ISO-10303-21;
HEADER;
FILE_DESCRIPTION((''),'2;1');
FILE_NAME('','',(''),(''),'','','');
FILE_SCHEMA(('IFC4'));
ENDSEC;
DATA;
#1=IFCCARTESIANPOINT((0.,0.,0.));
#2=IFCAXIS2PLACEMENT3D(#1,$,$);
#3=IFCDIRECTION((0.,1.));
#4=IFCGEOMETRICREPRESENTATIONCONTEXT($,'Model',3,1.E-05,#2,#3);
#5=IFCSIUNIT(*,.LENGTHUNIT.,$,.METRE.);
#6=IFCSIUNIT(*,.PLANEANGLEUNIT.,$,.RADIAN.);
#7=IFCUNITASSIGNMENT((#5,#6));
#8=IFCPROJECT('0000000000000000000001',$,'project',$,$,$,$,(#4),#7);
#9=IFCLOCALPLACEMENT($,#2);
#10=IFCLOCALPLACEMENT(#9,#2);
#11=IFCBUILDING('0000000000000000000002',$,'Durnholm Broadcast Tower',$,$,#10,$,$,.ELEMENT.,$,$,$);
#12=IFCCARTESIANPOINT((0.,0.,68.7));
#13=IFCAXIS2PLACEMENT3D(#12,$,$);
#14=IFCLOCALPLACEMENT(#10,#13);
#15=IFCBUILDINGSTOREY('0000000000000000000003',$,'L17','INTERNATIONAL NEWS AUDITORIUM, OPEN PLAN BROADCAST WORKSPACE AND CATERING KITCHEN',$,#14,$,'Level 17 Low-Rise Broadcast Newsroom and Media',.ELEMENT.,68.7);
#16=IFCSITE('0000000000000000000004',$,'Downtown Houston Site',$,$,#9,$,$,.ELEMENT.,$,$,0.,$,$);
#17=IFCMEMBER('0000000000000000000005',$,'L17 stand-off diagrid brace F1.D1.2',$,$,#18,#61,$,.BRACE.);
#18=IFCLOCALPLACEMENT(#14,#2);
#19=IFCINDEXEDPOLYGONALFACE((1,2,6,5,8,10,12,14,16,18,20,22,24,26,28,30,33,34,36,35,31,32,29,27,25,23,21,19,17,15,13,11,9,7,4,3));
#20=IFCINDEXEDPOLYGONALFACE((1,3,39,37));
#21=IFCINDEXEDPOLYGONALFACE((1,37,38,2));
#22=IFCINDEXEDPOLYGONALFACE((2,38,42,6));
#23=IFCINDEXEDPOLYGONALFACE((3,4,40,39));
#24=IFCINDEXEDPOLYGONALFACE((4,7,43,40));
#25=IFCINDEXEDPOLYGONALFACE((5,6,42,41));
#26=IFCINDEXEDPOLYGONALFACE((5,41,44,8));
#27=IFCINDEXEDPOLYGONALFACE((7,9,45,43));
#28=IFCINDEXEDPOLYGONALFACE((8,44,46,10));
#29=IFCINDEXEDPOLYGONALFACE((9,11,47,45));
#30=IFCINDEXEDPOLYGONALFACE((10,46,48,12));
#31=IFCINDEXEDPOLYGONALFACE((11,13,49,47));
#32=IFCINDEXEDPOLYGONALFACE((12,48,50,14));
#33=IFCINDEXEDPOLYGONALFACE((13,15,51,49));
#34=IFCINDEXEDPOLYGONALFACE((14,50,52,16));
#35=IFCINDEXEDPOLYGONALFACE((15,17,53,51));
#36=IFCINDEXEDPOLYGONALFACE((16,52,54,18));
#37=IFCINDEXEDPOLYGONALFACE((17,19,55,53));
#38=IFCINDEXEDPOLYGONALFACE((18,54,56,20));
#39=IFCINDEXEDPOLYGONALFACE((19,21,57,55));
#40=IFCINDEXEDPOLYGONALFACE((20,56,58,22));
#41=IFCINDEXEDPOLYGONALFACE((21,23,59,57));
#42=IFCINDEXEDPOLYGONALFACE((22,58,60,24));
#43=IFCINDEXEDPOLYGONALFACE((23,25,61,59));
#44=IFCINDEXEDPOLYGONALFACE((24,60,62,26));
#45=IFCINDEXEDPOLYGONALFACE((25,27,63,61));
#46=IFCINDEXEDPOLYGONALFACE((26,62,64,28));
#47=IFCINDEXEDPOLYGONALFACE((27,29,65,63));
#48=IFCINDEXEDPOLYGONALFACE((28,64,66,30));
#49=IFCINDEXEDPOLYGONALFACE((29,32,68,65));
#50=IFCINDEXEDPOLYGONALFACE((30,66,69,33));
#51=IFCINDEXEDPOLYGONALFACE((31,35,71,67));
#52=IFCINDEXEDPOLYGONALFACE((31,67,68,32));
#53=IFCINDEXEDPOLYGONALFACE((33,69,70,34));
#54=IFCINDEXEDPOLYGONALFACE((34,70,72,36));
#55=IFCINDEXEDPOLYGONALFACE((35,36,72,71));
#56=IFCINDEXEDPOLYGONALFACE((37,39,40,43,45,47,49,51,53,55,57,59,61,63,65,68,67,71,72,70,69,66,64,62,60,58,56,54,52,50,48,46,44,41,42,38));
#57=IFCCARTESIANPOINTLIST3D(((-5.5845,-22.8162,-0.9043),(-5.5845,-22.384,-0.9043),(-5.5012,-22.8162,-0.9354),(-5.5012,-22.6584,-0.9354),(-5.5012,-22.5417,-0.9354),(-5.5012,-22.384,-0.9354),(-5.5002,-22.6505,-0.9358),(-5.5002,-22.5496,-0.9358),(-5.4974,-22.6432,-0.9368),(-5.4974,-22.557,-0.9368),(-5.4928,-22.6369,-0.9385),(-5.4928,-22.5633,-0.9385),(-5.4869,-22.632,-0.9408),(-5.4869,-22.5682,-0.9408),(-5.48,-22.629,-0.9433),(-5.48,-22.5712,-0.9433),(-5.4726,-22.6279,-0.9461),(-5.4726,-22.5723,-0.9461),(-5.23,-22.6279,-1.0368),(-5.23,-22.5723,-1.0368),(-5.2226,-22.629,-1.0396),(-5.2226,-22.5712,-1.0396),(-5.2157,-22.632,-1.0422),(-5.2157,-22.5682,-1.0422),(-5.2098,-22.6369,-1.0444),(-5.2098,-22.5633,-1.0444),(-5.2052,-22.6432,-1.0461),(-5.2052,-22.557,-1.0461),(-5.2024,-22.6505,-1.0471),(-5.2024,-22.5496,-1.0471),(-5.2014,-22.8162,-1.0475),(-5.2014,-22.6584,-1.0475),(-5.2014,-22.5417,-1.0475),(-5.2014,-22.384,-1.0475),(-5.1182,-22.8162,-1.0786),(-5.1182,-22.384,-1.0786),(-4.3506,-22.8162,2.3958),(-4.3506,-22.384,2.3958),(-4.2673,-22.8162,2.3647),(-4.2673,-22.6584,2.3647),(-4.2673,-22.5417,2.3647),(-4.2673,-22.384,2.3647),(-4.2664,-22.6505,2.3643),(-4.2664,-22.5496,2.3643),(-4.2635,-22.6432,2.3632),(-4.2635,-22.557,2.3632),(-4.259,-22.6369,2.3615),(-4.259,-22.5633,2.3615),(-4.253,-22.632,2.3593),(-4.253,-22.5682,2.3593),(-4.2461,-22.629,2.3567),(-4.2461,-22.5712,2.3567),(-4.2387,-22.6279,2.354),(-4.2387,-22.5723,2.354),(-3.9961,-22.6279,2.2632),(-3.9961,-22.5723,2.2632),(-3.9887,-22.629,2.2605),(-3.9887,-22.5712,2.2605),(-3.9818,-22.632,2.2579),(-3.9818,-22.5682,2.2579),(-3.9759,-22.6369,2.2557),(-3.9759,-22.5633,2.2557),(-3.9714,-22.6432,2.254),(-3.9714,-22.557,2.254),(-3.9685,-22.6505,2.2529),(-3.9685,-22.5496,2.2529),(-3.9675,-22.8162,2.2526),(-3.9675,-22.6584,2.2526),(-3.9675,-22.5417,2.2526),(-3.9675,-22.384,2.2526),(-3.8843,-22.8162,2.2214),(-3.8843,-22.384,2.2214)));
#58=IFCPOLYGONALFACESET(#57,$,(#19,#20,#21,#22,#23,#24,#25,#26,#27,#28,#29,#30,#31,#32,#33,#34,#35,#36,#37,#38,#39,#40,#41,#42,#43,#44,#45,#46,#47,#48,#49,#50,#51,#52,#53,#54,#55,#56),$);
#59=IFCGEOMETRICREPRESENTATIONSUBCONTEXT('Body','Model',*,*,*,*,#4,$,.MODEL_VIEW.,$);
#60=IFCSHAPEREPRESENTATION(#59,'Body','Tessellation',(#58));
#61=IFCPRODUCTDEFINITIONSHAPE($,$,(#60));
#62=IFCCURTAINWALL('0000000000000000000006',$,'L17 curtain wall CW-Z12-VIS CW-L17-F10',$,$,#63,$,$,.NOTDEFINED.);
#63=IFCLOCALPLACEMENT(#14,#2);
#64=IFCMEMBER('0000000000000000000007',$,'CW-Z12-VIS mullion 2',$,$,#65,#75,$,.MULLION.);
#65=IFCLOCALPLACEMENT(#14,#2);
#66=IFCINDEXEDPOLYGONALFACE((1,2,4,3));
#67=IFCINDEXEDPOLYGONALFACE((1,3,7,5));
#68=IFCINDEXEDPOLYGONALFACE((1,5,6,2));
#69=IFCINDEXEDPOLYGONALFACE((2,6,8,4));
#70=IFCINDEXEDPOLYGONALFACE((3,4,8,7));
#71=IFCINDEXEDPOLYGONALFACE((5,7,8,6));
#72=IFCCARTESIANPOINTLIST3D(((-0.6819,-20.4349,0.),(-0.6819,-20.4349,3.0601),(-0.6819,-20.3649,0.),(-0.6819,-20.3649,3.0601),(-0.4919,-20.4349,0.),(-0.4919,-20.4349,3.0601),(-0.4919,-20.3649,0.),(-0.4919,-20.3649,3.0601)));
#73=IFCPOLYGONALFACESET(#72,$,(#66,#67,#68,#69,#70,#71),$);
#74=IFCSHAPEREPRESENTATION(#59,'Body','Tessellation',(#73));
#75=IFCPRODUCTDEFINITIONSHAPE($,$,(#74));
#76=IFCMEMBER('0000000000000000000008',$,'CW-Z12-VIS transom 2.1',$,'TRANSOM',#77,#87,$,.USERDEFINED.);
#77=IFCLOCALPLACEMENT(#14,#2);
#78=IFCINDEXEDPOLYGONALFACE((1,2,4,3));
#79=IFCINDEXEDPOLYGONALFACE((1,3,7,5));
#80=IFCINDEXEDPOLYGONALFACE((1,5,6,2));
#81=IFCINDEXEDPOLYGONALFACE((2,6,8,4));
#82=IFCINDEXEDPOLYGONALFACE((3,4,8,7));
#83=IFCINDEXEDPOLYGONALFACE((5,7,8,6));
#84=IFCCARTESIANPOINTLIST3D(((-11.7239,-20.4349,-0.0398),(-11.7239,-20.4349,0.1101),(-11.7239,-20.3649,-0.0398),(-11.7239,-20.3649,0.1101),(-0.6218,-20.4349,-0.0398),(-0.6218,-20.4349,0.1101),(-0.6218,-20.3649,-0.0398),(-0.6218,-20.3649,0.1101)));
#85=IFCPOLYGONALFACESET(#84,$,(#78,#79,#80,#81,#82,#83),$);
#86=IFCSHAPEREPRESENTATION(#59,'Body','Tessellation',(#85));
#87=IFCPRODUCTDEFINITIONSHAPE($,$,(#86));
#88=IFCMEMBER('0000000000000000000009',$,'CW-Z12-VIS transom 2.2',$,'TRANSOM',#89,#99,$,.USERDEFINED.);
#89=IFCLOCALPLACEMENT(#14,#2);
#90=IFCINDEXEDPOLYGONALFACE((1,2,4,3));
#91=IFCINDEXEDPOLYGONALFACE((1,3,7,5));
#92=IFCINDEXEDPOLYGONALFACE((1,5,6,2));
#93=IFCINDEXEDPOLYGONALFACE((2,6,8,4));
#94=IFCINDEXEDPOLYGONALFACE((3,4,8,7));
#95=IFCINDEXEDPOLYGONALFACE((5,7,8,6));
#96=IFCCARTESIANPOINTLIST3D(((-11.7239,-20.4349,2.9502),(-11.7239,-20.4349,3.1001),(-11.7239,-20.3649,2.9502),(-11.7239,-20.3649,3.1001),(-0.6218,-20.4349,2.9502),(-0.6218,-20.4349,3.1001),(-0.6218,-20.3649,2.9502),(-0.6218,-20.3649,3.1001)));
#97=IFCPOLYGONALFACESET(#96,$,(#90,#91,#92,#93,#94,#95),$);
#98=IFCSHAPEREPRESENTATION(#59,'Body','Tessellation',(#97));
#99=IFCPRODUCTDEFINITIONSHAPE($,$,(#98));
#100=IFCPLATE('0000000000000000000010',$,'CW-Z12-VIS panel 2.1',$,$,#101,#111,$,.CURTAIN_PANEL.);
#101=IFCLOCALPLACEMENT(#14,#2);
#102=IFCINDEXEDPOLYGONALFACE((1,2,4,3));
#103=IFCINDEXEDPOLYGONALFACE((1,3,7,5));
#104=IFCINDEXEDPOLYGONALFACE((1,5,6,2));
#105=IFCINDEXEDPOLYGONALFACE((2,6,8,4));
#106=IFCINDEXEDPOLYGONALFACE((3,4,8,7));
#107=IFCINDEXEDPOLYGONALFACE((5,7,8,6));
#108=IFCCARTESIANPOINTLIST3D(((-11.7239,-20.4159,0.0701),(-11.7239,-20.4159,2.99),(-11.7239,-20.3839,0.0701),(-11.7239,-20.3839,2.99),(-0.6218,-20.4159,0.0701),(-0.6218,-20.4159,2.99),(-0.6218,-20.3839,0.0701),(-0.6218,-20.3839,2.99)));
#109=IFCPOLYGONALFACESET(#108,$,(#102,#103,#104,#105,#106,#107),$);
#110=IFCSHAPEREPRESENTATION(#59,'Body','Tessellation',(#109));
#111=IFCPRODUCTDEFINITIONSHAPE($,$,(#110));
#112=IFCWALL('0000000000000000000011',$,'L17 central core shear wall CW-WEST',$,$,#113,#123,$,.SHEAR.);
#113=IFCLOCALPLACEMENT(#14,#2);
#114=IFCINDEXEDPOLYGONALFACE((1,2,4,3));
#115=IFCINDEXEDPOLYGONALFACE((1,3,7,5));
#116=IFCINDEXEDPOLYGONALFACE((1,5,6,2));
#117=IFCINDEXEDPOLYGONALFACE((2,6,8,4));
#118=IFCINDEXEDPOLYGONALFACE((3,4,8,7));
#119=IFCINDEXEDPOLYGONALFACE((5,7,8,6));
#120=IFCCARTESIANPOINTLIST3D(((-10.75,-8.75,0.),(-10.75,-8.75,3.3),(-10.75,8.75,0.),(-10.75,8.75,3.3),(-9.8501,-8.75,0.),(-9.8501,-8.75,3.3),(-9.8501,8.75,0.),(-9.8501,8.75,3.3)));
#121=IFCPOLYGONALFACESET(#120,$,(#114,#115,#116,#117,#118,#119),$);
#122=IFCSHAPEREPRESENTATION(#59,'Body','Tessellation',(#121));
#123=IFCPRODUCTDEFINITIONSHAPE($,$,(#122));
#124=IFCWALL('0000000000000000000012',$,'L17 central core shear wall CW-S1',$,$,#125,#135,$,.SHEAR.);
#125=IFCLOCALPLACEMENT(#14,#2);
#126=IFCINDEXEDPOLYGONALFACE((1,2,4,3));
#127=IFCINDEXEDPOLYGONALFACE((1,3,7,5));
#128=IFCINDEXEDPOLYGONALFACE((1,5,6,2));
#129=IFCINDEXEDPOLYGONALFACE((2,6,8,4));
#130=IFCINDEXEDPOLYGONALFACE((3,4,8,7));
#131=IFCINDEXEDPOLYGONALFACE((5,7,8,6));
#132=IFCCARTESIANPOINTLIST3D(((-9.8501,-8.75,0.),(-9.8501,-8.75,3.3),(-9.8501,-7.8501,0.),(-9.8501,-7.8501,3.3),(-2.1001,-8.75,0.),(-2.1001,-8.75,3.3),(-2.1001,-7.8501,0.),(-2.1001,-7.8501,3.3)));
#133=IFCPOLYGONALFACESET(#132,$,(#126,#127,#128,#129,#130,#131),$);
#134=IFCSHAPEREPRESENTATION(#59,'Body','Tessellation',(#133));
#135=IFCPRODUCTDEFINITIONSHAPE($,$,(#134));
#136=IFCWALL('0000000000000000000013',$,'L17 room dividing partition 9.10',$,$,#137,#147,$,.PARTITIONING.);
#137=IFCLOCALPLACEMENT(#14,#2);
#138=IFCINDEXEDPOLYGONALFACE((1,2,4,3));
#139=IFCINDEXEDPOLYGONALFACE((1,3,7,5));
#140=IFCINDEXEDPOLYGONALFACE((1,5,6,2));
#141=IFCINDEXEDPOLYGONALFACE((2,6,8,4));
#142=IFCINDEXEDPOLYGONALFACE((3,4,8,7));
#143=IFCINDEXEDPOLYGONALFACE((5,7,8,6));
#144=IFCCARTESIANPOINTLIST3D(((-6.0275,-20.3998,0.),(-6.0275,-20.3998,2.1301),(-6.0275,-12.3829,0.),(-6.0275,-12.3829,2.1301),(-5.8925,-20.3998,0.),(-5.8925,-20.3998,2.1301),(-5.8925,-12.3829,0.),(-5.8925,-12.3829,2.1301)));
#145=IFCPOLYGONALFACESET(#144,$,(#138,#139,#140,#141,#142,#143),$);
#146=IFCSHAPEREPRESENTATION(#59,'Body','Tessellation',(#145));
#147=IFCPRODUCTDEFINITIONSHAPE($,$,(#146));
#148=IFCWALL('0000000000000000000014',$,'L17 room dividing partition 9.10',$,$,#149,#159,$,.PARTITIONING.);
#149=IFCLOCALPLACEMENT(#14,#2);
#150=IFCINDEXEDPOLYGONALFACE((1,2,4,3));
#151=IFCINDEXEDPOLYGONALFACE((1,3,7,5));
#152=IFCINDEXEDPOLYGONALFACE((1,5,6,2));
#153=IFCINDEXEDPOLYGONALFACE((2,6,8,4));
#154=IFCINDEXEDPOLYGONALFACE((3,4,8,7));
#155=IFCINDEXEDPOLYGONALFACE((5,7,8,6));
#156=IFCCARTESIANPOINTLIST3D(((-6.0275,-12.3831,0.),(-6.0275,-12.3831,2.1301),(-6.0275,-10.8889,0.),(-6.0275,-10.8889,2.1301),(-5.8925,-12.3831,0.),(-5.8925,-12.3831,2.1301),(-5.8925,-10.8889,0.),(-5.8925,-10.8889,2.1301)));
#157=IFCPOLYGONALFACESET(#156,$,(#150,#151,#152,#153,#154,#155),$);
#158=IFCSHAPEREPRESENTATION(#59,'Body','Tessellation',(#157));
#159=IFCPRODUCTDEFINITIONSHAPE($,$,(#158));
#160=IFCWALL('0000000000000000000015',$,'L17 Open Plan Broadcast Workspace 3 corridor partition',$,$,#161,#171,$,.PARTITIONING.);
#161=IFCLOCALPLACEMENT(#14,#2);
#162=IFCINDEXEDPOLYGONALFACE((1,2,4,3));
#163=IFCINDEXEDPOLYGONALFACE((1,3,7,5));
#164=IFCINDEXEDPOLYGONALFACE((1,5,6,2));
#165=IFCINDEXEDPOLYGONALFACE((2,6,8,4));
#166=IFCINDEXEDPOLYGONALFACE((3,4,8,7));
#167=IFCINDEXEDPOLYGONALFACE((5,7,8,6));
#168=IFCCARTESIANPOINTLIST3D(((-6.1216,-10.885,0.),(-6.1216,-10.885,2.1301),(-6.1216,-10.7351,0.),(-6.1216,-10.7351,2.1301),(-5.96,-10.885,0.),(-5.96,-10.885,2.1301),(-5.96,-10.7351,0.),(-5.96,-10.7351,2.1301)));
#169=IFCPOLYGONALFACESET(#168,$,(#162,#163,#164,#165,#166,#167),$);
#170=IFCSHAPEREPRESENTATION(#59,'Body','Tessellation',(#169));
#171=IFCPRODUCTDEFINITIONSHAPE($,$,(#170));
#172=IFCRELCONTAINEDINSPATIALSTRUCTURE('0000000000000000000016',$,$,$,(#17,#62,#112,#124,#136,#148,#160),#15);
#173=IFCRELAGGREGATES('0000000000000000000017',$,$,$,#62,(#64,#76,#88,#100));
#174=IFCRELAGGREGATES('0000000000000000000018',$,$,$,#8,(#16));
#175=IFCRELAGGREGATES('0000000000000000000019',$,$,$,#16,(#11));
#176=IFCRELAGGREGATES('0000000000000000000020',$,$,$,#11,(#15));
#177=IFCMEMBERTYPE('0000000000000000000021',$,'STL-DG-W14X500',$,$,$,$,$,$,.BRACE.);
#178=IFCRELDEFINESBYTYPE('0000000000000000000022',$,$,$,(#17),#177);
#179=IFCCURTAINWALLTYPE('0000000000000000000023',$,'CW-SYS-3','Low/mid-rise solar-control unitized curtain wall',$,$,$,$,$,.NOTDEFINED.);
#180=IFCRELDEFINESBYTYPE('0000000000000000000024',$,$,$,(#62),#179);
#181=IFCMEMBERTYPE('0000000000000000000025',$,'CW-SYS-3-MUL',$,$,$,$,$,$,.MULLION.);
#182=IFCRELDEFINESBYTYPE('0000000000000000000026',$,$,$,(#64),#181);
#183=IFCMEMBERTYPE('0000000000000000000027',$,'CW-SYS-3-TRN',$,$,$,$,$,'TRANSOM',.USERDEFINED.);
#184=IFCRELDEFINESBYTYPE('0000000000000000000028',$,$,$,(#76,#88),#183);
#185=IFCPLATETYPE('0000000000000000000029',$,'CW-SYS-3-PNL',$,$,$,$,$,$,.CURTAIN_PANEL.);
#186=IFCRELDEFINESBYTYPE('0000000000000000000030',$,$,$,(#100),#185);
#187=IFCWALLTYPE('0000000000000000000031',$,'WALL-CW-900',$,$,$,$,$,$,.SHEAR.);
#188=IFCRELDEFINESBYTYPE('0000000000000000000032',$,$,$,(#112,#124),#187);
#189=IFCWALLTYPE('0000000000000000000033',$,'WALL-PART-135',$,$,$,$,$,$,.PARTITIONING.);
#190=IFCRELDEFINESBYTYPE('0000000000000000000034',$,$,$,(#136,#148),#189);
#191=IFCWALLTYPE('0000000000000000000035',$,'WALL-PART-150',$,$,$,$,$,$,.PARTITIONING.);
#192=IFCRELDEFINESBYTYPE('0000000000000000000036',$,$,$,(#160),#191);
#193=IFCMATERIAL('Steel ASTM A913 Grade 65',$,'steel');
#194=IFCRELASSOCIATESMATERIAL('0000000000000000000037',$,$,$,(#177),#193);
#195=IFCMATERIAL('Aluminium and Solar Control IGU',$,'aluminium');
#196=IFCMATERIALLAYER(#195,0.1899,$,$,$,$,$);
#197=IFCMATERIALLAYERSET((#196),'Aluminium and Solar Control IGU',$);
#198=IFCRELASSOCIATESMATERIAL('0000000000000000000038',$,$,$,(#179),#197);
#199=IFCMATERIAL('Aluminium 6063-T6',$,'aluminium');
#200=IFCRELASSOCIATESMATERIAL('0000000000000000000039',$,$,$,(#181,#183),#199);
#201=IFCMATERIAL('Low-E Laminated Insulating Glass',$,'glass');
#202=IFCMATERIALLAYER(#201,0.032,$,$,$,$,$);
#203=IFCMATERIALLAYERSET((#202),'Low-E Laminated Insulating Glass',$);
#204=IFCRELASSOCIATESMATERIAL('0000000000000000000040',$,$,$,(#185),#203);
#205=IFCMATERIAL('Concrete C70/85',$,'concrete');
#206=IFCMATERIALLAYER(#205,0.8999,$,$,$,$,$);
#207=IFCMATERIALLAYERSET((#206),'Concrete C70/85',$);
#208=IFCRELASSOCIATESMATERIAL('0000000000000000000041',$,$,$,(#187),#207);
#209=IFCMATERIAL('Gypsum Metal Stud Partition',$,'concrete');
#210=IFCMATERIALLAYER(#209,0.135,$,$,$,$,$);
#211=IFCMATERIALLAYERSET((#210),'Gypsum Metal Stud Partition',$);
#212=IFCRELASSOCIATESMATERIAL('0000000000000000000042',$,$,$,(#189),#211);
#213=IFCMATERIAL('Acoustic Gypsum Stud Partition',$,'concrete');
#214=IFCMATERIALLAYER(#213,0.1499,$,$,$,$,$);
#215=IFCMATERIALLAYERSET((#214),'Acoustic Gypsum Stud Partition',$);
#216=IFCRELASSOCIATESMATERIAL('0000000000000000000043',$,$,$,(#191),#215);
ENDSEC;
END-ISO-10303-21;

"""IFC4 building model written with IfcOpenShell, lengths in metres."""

from ifc_helpers import new_model, si_unit, direction, frame, frame_2d, origin, origin_2d, place, context, subcontext, project, spatial, rectangle, i_section, extrude, source, transform, mapped, material, layer, layer_set, material_profile, profile_set, type_object, type_shapes, element, aggregate, save


model = new_model("IFC4")

# Units and contexts
model_context = context("Model", 3, precision=1e-05, world=origin(), true_north=direction((0.0, 1.0)))
body_context = subcontext(model_context, "Body", "Model", "MODEL_VIEW")
ifc_project = project(units=[si_unit("LENGTHUNIT", "METRE"), si_unit("PLANEANGLEUNIT", "RADIAN")], contexts=[model_context])

# Site, building, storey
site_placement = place(None, origin())
site = spatial("IfcSite", under=ifc_project, at=site_placement, Name="Downtown Houston Site", CompositionType="ELEMENT", RefElevation=0.0)
building_placement = place(site_placement, origin())
building = spatial("IfcBuilding", under=site, at=building_placement, Name="Durnholm Broadcast Tower", CompositionType="ELEMENT")
storey_placement = place(building_placement, frame((0.0, 0.0, 68.7)))
storey = spatial("IfcBuildingStorey", under=building, at=storey_placement, Name="L17", Description="INTERNATIONAL NEWS AUDITORIUM, OPEN PLAN BROADCAST WORKSPACE AND CATERING KITCHEN", LongName="Level 17 Low-Rise Broadcast Newsroom and Media", CompositionType="ELEMENT", Elevation=68.7)

# Shared definitions
ifc_material_1 = material(Name="Concrete C70/85", Category="concrete")

# Member
ifc_material_2 = material(Name="Steel ASTM A913 Grade 65", Category="steel")
ifc_material_profile_1 = material_profile(ifc_material_2, i_section(OverallWidth=0.4321, OverallDepth=0.4978, WebThickness=0.0557, FlangeThickness=0.0889, FilletRadius=0.0305, at=origin_2d()), Name="W14X500")
ifc_profile_set_1 = profile_set([ifc_material_profile_1], Name="Steel ASTM A913 Grade 65")
member_type_1 = type_object("IfcMemberType", Name="STL-DG-W14X500", PredefinedType="BRACE", material=ifc_profile_set_1)
shared_shape_1 = source(origin(), body_context, "Body", "SweptSolid", [
    extrude(i_section(OverallWidth=0.4321, OverallDepth=0.4978, WebThickness=0.0557, FlangeThickness=0.0889, FilletRadius=0.0305, at=origin_2d()), origin(), (0.0, 0.0, 1.0), 3.5232),
])
type_shapes(member_type_1, [shared_shape_1])
for number, where, z_axis, x_axis, name in (
    (1, (-5.3513, -22.6001, -0.9915), (0.35022, 0.0, 0.936668), (0.0, 1.0, 0.0), "L17 stand-off diagrid brace F1.D1.2"),
):
    element("IfcMember", number, at=place(storey_placement, frame(where, z_axis=z_axis, x_axis=x_axis)), inside=storey, type_object=member_type_1, Name=name, PredefinedType="BRACE", context=body_context, shape_type="MappedRepresentation", body=[
        mapped(shared_shape_1, transform((0.0, 0.0, 0.0), x_axis=(1.0, 0.0, 0.0), y_axis=(0.0, 1.0, 0.0), z_axis=(0.0, 0.0, 1.0), scale=1.0)),
    ])

# Curtain wall, members, plate
ifc_material_3 = material(Name="Aluminium and Solar Control IGU", Category="aluminium")
ifc_layer_1 = layer(ifc_material_3, 0.1899)
ifc_layer_set_1 = layer_set([ifc_layer_1], Name="Aluminium and Solar Control IGU")
curtain_wall_type = type_object("IfcCurtainWallType", Name="CW-SYS-3", Description="Low/mid-rise solar-control unitized curtain wall", PredefinedType="NOTDEFINED", material=ifc_layer_set_1)
curtain_wall_placement = place(storey_placement, origin())
curtain_wall = element("IfcCurtainWall", 2, at=curtain_wall_placement, inside=storey, type_object=curtain_wall_type, Name="L17 curtain wall CW-Z12-VIS CW-L17-F10", PredefinedType="NOTDEFINED")
ifc_material_4 = material(Name="Aluminium 6063-T6", Category="aluminium")
ifc_material_profile_2 = material_profile(ifc_material_4, rectangle(XDim=0.0701, YDim=0.1899, at=origin_2d()), Name="CWM70X190")
ifc_profile_set_2 = profile_set([ifc_material_profile_2], Name="Aluminium 6063-T6")
member_type_2 = type_object("IfcMemberType", Name="CW-SYS-3-MUL", PredefinedType="MULLION", material=ifc_profile_set_2)
shared_shape_2 = source(origin(), body_context, "Body", "SweptSolid", [
    extrude(rectangle(XDim=0.0701, YDim=0.1899, at=origin_2d()), origin(), (0.0, 0.0, 1.0), 3.0601),
])
type_shapes(member_type_2, [shared_shape_2])
member_1_placement = place(storey_placement, frame((-0.5869, -20.3999, 0.0), z_axis=(0.0, 0.0, 1.0), x_axis=(0.0, -1.0, 0.0)))
member_1 = element("IfcMember", 3, at=member_1_placement, type_object=member_type_2, Name="CW-Z12-VIS mullion 2", PredefinedType="MULLION", context=body_context, shape_type="MappedRepresentation", body=[
    mapped(shared_shape_2, transform((0.0, 0.0, 0.0), x_axis=(1.0, 0.0, 0.0), y_axis=(0.0, 1.0, 0.0), z_axis=(0.0, 0.0, 1.0), scale=1.0)),
])
ifc_material_profile_3 = material_profile(ifc_material_4, rectangle(XDim=0.0701, YDim=0.1499, at=origin_2d()), Name="CWT70X150")
ifc_profile_set_3 = profile_set([ifc_material_profile_3], Name="Aluminium 6063-T6")
member_type_3 = type_object("IfcMemberType", Name="CW-SYS-3-TRN", ElementType="TRANSOM", PredefinedType="USERDEFINED", material=ifc_profile_set_3)
shared_shape_3 = source(origin(), body_context, "Body", "SweptSolid", [
    extrude(rectangle(XDim=0.0701, YDim=0.1499, at=origin_2d()), origin(), (0.0, 0.0, 1.0), 11.1021),
])
type_shapes(member_type_3, [shared_shape_3])
member_2_placement = place(storey_placement, frame((-0.6218, -20.3999, 0.0352), z_axis=(-1.0, 0.0, 0.0), x_axis=(0.0, -1.0, 0.0)))
member_2 = element("IfcMember", 4, at=member_2_placement, type_object=member_type_3, Name="CW-Z12-VIS transom 2.1", ObjectType="TRANSOM", PredefinedType="USERDEFINED", context=body_context, shape_type="MappedRepresentation", body=[
    mapped(shared_shape_3, transform((0.0, 0.0, 0.0), x_axis=(1.0, 0.0, 0.0), y_axis=(0.0, 1.0, 0.0), z_axis=(0.0, 0.0, 1.0), scale=1.0)),
])
member_3_placement = place(storey_placement, frame((-0.6218, -20.3999, 3.0251), z_axis=(-1.0, 0.0, 0.0), x_axis=(0.0, -1.0, 0.0)))
member_3 = element("IfcMember", 5, at=member_3_placement, type_object=member_type_3, Name="CW-Z12-VIS transom 2.2", ObjectType="TRANSOM", PredefinedType="USERDEFINED", context=body_context, shape_type="MappedRepresentation", body=[
    mapped(shared_shape_3, transform((0.0, 0.0, 0.0), x_axis=(1.0, 0.0, 0.0), y_axis=(0.0, 1.0, 0.0), z_axis=(0.0, 0.0, 1.0), scale=1.0)),
])
ifc_material_5 = material(Name="Low-E Laminated Insulating Glass", Category="glass")
ifc_layer_2 = layer(ifc_material_5, 0.032)
ifc_layer_set_2 = layer_set([ifc_layer_2], Name="Low-E Laminated Insulating Glass")
plate_type = type_object("IfcPlateType", Name="CW-SYS-3-PNL", PredefinedType="CURTAIN_PANEL", material=ifc_layer_set_2)
shared_shape_4 = source(origin(), body_context, "Body", "SweptSolid", [
    extrude(rectangle(XDim=11.1021, YDim=0.032, at=origin_2d()), origin(), (0.0, 0.0, 1.0), 2.9199),
])
type_shapes(plate_type, [shared_shape_4])
plate_placement = place(storey_placement, frame((-6.1729, -20.3999, 0.0701), z_axis=(0.0, 0.0, 1.0), x_axis=(-1.0, 0.0, 0.0)))
plate = element("IfcPlate", 6, at=plate_placement, type_object=plate_type, Name="CW-Z12-VIS panel 2.1", PredefinedType="CURTAIN_PANEL", context=body_context, shape_type="MappedRepresentation", body=[
    mapped(shared_shape_4, transform((0.0, 0.0, 0.0), x_axis=(1.0, 0.0, 0.0), y_axis=(0.0, 1.0, 0.0), z_axis=(0.0, 0.0, 1.0), scale=1.0)),
])
aggregate(curtain_wall, [member_1, member_2, member_3, plate])

# Walls
ifc_layer_3 = layer(ifc_material_1, 0.8999)
ifc_layer_set_3 = layer_set([ifc_layer_3], Name="Concrete C70/85")
wall_type_1 = type_object("IfcWallType", Name="WALL-CW-900", PredefinedType="SHEAR", material=ifc_layer_set_3)
wall_1_placement = place(storey_placement, frame((-10.3, -8.75, 0.0), z_axis=(0.0, 0.0, 1.0), x_axis=(0.0, 1.0, 0.0)))
element("IfcWall", 7, at=wall_1_placement, inside=storey, type_object=wall_type_1, Name="L17 central core shear wall CW-WEST", PredefinedType="SHEAR", context=body_context, shape_type="SweptSolid", body=[
    extrude(rectangle(XDim=17.5, YDim=0.8999, at=frame_2d((8.75, 0.0))), origin(), (0.0, 0.0, 1.0), 3.3),
])
wall_2_placement = place(storey_placement, frame((-9.8501, -8.3, 0.0), z_axis=(0.0, 0.0, 1.0), x_axis=(1.0, 0.0, 0.0)))
element("IfcWall", 8, at=wall_2_placement, inside=storey, type_object=wall_type_1, Name="L17 central core shear wall CW-S1", PredefinedType="SHEAR", context=body_context, shape_type="SweptSolid", body=[
    extrude(rectangle(XDim=7.75, YDim=0.8999, at=frame_2d((3.875, 0.0))), origin(), (0.0, 0.0, 1.0), 3.3),
])

# Walls
ifc_material_6 = material(Name="Gypsum Metal Stud Partition", Category="concrete")
ifc_layer_4 = layer(ifc_material_6, 0.135)
ifc_layer_set_4 = layer_set([ifc_layer_4], Name="Gypsum Metal Stud Partition")
wall_type_2 = type_object("IfcWallType", Name="WALL-PART-135", PredefinedType="PARTITIONING", material=ifc_layer_set_4)
wall_3_placement = place(storey_placement, frame((-5.96, -12.3831, 0.0), z_axis=(0.0, 0.0, 1.0), x_axis=(0.0, -1.0, 0.0)))
element("IfcWall", 9, at=wall_3_placement, inside=storey, type_object=wall_type_2, Name="L17 room dividing partition 9.10", PredefinedType="PARTITIONING", context=body_context, shape_type="SweptSolid", body=[
    extrude(rectangle(XDim=8.0168, YDim=0.135, at=frame_2d((4.0083, 0.0))), origin(), (0.0, 0.0, 1.0), 2.1301),
])
wall_4_placement = place(storey_placement, frame((-5.96, -10.8889, 0.0), z_axis=(0.0, 0.0, 1.0), x_axis=(0.0, -1.0, 0.0)))
element("IfcWall", 10, at=wall_4_placement, inside=storey, type_object=wall_type_2, Name="L17 room dividing partition 9.10", PredefinedType="PARTITIONING", context=body_context, shape_type="SweptSolid", body=[
    extrude(rectangle(XDim=1.4941, YDim=0.135, at=frame_2d((0.7471, 0.0))), origin(), (0.0, 0.0, 1.0), 2.1301),
])
ifc_material_7 = material(Name="Acoustic Gypsum Stud Partition", Category="concrete")
ifc_layer_5 = layer(ifc_material_7, 0.1499)
ifc_layer_set_5 = layer_set([ifc_layer_5], Name="Acoustic Gypsum Stud Partition")
wall_type_3 = type_object("IfcWallType", Name="WALL-PART-150", PredefinedType="PARTITIONING", material=ifc_layer_set_5)
wall_5_placement = place(storey_placement, frame((-6.1216, -10.8101, 0.0), z_axis=(0.0, 0.0, 1.0), x_axis=(1.0, 0.0, 0.0)))
element("IfcWall", 11, at=wall_5_placement, inside=storey, type_object=wall_type_3, Name="L17 Open Plan Broadcast Workspace 3 corridor partition", PredefinedType="PARTITIONING", context=body_context, shape_type="SweptSolid", body=[
    extrude(rectangle(XDim=0.1616, YDim=0.1499, at=frame_2d((0.0808, 0.0))), origin(), (0.0, 0.0, 1.0), 2.1301),
])

save(model, "model.ifc")
